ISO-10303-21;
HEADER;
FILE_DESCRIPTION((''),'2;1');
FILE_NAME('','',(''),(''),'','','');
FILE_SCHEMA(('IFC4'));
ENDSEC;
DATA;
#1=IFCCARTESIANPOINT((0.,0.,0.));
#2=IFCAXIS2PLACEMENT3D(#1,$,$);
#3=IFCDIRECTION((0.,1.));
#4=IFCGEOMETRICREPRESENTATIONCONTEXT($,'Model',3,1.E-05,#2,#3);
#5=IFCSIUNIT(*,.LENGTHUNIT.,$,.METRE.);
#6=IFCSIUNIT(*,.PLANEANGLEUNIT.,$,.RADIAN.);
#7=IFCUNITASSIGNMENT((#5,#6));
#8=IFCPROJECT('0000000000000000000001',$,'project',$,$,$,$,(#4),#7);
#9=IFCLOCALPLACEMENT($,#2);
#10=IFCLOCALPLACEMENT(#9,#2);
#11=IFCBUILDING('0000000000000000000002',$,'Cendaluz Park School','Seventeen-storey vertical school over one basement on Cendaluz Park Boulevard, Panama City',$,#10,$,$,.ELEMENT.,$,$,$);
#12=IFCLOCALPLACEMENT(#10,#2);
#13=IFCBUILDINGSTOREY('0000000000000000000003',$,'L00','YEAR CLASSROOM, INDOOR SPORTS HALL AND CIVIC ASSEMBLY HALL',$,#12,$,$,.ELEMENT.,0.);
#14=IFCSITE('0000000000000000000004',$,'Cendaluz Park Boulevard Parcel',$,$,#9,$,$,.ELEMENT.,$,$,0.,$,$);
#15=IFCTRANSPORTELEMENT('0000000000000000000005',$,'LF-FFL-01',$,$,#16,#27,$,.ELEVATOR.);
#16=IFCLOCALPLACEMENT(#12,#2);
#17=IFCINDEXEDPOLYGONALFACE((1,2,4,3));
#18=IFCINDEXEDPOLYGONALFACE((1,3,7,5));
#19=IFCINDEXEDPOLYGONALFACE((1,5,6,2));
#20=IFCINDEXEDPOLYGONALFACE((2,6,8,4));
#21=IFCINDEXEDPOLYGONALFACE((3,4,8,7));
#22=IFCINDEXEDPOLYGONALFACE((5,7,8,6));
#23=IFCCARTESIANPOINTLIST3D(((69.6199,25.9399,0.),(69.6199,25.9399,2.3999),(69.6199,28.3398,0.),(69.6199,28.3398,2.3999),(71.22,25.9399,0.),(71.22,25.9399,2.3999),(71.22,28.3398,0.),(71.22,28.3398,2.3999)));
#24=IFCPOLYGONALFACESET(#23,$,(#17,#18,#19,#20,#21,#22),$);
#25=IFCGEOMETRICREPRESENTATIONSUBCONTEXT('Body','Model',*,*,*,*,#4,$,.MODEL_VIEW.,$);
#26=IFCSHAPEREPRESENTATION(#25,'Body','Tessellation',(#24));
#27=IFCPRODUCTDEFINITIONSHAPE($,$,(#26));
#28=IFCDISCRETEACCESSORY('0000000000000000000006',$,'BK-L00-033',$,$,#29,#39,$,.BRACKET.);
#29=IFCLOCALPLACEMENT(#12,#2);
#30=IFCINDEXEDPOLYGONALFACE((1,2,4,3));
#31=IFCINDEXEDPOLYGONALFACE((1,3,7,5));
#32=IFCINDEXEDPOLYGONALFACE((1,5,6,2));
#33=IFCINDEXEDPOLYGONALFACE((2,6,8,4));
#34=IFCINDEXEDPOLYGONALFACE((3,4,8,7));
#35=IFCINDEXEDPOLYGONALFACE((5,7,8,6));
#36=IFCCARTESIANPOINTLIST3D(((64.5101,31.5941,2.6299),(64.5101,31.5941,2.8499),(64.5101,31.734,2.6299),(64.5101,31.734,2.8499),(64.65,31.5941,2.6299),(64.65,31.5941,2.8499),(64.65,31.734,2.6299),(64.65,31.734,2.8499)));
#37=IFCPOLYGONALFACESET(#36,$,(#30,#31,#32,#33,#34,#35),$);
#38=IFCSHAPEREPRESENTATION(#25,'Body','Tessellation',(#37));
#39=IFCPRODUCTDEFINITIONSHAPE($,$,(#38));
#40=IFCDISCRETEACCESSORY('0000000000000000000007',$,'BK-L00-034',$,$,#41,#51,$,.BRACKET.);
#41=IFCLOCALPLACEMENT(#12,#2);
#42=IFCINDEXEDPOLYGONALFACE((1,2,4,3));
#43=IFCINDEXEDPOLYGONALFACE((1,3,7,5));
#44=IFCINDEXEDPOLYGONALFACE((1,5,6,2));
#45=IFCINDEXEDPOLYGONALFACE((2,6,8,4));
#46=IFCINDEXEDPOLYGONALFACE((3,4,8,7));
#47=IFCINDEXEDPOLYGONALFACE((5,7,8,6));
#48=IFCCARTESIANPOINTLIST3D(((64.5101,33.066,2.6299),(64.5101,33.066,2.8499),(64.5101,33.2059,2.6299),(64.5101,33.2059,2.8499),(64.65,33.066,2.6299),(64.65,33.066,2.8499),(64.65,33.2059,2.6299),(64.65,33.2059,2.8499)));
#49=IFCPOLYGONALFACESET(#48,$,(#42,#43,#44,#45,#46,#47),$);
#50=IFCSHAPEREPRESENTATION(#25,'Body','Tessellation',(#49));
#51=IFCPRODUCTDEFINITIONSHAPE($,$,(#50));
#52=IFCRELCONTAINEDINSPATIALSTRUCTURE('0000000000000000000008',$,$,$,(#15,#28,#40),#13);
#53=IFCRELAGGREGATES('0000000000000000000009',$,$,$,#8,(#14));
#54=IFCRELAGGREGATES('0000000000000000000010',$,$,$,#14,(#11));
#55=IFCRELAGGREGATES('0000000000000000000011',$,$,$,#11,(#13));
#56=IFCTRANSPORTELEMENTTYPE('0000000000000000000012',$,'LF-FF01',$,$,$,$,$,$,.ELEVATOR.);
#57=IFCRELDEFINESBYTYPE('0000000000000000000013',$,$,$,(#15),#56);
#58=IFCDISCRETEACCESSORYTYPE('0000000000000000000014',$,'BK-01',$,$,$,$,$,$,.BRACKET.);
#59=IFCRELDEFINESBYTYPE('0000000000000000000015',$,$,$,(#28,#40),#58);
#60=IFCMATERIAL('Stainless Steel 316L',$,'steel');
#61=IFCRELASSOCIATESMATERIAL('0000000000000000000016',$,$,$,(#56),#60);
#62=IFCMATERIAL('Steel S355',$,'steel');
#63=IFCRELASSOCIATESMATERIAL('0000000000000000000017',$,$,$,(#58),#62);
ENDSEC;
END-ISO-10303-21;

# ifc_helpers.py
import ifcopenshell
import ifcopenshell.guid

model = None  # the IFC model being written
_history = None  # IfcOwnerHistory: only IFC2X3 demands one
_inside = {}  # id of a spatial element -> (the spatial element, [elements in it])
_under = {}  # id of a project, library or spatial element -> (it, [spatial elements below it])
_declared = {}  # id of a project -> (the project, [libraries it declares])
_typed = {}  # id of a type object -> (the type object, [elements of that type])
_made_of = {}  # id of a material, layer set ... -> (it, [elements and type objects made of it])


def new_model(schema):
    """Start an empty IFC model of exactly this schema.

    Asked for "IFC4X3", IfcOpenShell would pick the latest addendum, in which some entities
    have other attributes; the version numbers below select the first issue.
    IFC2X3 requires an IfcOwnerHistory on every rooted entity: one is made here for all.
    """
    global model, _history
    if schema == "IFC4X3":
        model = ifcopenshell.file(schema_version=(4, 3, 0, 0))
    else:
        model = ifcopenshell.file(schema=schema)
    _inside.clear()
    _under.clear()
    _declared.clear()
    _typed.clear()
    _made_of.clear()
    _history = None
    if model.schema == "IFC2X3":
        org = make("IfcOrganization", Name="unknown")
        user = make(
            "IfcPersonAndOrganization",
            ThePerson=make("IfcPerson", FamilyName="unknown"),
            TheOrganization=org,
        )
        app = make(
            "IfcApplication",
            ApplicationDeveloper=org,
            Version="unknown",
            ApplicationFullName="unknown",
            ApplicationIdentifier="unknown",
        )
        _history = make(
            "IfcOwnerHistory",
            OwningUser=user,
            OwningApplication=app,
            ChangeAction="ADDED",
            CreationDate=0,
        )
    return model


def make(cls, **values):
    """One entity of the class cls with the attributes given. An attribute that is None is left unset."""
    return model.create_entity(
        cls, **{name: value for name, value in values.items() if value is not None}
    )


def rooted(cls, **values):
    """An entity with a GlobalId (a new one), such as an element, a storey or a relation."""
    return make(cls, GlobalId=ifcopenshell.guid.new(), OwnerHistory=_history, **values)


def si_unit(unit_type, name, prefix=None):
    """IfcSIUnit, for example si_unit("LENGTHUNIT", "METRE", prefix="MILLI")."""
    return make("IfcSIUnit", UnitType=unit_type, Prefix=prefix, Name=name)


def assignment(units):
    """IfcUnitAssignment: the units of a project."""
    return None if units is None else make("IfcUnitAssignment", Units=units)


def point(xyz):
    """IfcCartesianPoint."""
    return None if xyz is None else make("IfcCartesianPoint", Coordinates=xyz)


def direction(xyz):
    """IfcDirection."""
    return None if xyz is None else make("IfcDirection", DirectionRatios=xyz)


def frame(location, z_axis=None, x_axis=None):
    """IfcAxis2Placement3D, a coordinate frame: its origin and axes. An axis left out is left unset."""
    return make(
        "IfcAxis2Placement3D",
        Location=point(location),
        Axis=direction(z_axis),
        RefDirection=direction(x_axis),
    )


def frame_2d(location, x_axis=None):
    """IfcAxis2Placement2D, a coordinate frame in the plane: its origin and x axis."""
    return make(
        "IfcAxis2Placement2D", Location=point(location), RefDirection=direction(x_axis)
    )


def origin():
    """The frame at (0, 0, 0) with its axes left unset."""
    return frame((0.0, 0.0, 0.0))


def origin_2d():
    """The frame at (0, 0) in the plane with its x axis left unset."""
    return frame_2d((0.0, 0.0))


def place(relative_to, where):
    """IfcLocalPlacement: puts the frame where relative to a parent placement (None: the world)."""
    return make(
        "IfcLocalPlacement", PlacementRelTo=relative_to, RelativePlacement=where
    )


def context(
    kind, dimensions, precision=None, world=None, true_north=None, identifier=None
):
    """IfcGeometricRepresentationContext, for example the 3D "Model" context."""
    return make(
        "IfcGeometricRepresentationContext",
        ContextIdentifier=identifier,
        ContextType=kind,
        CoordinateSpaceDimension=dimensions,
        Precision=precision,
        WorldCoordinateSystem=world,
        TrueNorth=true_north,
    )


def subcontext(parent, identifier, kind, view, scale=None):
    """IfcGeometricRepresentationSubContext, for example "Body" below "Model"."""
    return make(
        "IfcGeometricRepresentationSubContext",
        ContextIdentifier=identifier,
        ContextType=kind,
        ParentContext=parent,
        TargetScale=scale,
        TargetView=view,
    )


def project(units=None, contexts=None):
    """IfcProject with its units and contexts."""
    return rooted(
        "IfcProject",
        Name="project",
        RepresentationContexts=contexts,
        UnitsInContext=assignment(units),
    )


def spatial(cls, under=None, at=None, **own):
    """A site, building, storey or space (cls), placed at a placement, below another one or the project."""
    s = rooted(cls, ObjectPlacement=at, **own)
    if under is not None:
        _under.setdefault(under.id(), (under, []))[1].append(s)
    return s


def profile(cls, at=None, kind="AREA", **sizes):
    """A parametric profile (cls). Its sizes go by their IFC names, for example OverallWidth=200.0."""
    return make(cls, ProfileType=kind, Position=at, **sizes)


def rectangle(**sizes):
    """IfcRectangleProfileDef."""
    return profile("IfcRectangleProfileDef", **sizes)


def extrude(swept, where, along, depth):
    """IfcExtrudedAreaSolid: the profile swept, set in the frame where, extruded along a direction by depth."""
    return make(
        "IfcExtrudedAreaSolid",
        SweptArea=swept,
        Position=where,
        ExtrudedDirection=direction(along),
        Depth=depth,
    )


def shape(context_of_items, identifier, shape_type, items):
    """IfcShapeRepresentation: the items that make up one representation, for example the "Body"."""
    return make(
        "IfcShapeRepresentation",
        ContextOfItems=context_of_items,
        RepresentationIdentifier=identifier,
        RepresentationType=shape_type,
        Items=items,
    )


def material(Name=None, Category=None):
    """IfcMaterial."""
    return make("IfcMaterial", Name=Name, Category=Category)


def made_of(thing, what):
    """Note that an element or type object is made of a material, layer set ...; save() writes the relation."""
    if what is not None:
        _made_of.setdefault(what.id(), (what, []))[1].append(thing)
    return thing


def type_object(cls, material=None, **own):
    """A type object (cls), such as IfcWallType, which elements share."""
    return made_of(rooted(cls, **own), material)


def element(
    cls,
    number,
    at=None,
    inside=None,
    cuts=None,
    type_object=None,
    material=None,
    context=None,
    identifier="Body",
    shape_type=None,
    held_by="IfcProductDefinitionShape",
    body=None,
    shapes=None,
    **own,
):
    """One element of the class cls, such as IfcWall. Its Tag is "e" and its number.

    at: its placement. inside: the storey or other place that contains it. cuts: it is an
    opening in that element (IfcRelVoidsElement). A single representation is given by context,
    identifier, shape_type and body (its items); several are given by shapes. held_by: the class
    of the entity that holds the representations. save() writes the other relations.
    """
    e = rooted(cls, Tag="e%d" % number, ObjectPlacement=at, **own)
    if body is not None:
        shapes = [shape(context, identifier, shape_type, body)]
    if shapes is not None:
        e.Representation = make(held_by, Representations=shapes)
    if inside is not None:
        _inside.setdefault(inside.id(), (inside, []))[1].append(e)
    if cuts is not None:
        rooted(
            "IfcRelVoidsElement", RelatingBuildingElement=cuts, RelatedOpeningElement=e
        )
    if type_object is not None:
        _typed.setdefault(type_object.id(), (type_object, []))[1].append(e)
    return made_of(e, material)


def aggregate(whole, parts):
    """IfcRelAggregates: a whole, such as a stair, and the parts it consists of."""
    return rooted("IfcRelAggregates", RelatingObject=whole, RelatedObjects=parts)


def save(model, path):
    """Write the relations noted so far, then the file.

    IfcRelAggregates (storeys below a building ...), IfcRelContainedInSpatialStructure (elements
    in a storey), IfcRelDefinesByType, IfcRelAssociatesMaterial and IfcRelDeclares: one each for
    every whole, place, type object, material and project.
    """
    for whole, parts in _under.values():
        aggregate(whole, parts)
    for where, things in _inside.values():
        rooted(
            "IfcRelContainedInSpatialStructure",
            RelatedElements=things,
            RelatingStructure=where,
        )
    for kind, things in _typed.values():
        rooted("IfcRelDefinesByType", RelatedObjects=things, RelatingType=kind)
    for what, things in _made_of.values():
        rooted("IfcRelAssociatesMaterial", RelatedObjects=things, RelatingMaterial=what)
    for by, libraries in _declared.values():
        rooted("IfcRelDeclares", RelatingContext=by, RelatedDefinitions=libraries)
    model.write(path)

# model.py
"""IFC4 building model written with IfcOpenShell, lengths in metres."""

from ifc_helpers import new_model, si_unit, direction, frame, origin, origin_2d, place, context, subcontext, project, spatial, rectangle, extrude, material, type_object, element, save


model = new_model("IFC4")

# Units and contexts
model_context = context("Model", 3, precision=1e-05, world=origin(), true_north=direction((0.0, 1.0)))
body_context = subcontext(model_context, "Body", "Model", "MODEL_VIEW")
ifc_project = project(units=[si_unit("LENGTHUNIT", "METRE"), si_unit("PLANEANGLEUNIT", "RADIAN")], contexts=[model_context])

# Site, building, storey
site_placement = place(None, origin())
site = spatial("IfcSite", under=ifc_project, at=site_placement, Name="Cendaluz Park Boulevard Parcel", CompositionType="ELEMENT", RefElevation=0.0)
building_placement = place(site_placement, origin())
building = spatial("IfcBuilding", under=site, at=building_placement, Name="Cendaluz Park School", Description="Seventeen-storey vertical school over one basement on Cendaluz Park Boulevard, Panama City", CompositionType="ELEMENT")
storey_placement = place(building_placement, origin())
storey = spatial("IfcBuildingStorey", under=building, at=storey_placement, Name="L00", Description="YEAR CLASSROOM, INDOOR SPORTS HALL AND CIVIC ASSEMBLY HALL", CompositionType="ELEMENT", Elevation=0.0)

# Shared definitions
ifc_material_1 = material(Name="Stainless Steel 316L", Category="steel")

# Transport element
transport_element_type = type_object("IfcTransportElementType", Name="LF-FF01", PredefinedType="ELEVATOR", material=ifc_material_1)
transport_element_placement = place(storey_placement, frame((70.4199, 27.1399, 0.0), z_axis=(0.0, 0.0, 1.0), x_axis=(1.0, 0.0, 0.0)))
element("IfcTransportElement", 1, at=transport_element_placement, inside=storey, type_object=transport_element_type, Name="LF-FFL-01", PredefinedType="ELEVATOR", context=body_context, shape_type="SweptSolid", body=[
    extrude(rectangle(XDim=1.6001, YDim=2.3999, at=origin_2d()), origin(), (0.0, 0.0, 1.0), 2.3999),
])

# Discrete accessories
ifc_material_2 = material(Name="Steel S355", Category="steel")
discrete_accessory_type = type_object("IfcDiscreteAccessoryType", Name="BK-01", PredefinedType="BRACKET", material=ifc_material_2)
for number, where, z_axis, x_axis, name in (
    (2, (64.5801, 31.6641, 2.6299), (0.0, 0.0, 1.0), (0.0, 1.0, 0.0), "BK-L00-033"),
    (3, (64.5801, 33.136, 2.6299), (0.0, 0.0, 1.0), (0.0, 1.0, 0.0), "BK-L00-034"),
):
    element("IfcDiscreteAccessory", number, at=place(storey_placement, frame(where, z_axis=z_axis, x_axis=x_axis)), inside=storey, type_object=discrete_accessory_type, Name=name, PredefinedType="BRACKET", context=body_context, shape_type="SweptSolid", body=[
        extrude(rectangle(XDim=0.1399, YDim=0.1399, at=origin_2d()), origin(), (0.0, 0.0, 1.0), 0.22),
    ])

save(model, "model.ifc")
